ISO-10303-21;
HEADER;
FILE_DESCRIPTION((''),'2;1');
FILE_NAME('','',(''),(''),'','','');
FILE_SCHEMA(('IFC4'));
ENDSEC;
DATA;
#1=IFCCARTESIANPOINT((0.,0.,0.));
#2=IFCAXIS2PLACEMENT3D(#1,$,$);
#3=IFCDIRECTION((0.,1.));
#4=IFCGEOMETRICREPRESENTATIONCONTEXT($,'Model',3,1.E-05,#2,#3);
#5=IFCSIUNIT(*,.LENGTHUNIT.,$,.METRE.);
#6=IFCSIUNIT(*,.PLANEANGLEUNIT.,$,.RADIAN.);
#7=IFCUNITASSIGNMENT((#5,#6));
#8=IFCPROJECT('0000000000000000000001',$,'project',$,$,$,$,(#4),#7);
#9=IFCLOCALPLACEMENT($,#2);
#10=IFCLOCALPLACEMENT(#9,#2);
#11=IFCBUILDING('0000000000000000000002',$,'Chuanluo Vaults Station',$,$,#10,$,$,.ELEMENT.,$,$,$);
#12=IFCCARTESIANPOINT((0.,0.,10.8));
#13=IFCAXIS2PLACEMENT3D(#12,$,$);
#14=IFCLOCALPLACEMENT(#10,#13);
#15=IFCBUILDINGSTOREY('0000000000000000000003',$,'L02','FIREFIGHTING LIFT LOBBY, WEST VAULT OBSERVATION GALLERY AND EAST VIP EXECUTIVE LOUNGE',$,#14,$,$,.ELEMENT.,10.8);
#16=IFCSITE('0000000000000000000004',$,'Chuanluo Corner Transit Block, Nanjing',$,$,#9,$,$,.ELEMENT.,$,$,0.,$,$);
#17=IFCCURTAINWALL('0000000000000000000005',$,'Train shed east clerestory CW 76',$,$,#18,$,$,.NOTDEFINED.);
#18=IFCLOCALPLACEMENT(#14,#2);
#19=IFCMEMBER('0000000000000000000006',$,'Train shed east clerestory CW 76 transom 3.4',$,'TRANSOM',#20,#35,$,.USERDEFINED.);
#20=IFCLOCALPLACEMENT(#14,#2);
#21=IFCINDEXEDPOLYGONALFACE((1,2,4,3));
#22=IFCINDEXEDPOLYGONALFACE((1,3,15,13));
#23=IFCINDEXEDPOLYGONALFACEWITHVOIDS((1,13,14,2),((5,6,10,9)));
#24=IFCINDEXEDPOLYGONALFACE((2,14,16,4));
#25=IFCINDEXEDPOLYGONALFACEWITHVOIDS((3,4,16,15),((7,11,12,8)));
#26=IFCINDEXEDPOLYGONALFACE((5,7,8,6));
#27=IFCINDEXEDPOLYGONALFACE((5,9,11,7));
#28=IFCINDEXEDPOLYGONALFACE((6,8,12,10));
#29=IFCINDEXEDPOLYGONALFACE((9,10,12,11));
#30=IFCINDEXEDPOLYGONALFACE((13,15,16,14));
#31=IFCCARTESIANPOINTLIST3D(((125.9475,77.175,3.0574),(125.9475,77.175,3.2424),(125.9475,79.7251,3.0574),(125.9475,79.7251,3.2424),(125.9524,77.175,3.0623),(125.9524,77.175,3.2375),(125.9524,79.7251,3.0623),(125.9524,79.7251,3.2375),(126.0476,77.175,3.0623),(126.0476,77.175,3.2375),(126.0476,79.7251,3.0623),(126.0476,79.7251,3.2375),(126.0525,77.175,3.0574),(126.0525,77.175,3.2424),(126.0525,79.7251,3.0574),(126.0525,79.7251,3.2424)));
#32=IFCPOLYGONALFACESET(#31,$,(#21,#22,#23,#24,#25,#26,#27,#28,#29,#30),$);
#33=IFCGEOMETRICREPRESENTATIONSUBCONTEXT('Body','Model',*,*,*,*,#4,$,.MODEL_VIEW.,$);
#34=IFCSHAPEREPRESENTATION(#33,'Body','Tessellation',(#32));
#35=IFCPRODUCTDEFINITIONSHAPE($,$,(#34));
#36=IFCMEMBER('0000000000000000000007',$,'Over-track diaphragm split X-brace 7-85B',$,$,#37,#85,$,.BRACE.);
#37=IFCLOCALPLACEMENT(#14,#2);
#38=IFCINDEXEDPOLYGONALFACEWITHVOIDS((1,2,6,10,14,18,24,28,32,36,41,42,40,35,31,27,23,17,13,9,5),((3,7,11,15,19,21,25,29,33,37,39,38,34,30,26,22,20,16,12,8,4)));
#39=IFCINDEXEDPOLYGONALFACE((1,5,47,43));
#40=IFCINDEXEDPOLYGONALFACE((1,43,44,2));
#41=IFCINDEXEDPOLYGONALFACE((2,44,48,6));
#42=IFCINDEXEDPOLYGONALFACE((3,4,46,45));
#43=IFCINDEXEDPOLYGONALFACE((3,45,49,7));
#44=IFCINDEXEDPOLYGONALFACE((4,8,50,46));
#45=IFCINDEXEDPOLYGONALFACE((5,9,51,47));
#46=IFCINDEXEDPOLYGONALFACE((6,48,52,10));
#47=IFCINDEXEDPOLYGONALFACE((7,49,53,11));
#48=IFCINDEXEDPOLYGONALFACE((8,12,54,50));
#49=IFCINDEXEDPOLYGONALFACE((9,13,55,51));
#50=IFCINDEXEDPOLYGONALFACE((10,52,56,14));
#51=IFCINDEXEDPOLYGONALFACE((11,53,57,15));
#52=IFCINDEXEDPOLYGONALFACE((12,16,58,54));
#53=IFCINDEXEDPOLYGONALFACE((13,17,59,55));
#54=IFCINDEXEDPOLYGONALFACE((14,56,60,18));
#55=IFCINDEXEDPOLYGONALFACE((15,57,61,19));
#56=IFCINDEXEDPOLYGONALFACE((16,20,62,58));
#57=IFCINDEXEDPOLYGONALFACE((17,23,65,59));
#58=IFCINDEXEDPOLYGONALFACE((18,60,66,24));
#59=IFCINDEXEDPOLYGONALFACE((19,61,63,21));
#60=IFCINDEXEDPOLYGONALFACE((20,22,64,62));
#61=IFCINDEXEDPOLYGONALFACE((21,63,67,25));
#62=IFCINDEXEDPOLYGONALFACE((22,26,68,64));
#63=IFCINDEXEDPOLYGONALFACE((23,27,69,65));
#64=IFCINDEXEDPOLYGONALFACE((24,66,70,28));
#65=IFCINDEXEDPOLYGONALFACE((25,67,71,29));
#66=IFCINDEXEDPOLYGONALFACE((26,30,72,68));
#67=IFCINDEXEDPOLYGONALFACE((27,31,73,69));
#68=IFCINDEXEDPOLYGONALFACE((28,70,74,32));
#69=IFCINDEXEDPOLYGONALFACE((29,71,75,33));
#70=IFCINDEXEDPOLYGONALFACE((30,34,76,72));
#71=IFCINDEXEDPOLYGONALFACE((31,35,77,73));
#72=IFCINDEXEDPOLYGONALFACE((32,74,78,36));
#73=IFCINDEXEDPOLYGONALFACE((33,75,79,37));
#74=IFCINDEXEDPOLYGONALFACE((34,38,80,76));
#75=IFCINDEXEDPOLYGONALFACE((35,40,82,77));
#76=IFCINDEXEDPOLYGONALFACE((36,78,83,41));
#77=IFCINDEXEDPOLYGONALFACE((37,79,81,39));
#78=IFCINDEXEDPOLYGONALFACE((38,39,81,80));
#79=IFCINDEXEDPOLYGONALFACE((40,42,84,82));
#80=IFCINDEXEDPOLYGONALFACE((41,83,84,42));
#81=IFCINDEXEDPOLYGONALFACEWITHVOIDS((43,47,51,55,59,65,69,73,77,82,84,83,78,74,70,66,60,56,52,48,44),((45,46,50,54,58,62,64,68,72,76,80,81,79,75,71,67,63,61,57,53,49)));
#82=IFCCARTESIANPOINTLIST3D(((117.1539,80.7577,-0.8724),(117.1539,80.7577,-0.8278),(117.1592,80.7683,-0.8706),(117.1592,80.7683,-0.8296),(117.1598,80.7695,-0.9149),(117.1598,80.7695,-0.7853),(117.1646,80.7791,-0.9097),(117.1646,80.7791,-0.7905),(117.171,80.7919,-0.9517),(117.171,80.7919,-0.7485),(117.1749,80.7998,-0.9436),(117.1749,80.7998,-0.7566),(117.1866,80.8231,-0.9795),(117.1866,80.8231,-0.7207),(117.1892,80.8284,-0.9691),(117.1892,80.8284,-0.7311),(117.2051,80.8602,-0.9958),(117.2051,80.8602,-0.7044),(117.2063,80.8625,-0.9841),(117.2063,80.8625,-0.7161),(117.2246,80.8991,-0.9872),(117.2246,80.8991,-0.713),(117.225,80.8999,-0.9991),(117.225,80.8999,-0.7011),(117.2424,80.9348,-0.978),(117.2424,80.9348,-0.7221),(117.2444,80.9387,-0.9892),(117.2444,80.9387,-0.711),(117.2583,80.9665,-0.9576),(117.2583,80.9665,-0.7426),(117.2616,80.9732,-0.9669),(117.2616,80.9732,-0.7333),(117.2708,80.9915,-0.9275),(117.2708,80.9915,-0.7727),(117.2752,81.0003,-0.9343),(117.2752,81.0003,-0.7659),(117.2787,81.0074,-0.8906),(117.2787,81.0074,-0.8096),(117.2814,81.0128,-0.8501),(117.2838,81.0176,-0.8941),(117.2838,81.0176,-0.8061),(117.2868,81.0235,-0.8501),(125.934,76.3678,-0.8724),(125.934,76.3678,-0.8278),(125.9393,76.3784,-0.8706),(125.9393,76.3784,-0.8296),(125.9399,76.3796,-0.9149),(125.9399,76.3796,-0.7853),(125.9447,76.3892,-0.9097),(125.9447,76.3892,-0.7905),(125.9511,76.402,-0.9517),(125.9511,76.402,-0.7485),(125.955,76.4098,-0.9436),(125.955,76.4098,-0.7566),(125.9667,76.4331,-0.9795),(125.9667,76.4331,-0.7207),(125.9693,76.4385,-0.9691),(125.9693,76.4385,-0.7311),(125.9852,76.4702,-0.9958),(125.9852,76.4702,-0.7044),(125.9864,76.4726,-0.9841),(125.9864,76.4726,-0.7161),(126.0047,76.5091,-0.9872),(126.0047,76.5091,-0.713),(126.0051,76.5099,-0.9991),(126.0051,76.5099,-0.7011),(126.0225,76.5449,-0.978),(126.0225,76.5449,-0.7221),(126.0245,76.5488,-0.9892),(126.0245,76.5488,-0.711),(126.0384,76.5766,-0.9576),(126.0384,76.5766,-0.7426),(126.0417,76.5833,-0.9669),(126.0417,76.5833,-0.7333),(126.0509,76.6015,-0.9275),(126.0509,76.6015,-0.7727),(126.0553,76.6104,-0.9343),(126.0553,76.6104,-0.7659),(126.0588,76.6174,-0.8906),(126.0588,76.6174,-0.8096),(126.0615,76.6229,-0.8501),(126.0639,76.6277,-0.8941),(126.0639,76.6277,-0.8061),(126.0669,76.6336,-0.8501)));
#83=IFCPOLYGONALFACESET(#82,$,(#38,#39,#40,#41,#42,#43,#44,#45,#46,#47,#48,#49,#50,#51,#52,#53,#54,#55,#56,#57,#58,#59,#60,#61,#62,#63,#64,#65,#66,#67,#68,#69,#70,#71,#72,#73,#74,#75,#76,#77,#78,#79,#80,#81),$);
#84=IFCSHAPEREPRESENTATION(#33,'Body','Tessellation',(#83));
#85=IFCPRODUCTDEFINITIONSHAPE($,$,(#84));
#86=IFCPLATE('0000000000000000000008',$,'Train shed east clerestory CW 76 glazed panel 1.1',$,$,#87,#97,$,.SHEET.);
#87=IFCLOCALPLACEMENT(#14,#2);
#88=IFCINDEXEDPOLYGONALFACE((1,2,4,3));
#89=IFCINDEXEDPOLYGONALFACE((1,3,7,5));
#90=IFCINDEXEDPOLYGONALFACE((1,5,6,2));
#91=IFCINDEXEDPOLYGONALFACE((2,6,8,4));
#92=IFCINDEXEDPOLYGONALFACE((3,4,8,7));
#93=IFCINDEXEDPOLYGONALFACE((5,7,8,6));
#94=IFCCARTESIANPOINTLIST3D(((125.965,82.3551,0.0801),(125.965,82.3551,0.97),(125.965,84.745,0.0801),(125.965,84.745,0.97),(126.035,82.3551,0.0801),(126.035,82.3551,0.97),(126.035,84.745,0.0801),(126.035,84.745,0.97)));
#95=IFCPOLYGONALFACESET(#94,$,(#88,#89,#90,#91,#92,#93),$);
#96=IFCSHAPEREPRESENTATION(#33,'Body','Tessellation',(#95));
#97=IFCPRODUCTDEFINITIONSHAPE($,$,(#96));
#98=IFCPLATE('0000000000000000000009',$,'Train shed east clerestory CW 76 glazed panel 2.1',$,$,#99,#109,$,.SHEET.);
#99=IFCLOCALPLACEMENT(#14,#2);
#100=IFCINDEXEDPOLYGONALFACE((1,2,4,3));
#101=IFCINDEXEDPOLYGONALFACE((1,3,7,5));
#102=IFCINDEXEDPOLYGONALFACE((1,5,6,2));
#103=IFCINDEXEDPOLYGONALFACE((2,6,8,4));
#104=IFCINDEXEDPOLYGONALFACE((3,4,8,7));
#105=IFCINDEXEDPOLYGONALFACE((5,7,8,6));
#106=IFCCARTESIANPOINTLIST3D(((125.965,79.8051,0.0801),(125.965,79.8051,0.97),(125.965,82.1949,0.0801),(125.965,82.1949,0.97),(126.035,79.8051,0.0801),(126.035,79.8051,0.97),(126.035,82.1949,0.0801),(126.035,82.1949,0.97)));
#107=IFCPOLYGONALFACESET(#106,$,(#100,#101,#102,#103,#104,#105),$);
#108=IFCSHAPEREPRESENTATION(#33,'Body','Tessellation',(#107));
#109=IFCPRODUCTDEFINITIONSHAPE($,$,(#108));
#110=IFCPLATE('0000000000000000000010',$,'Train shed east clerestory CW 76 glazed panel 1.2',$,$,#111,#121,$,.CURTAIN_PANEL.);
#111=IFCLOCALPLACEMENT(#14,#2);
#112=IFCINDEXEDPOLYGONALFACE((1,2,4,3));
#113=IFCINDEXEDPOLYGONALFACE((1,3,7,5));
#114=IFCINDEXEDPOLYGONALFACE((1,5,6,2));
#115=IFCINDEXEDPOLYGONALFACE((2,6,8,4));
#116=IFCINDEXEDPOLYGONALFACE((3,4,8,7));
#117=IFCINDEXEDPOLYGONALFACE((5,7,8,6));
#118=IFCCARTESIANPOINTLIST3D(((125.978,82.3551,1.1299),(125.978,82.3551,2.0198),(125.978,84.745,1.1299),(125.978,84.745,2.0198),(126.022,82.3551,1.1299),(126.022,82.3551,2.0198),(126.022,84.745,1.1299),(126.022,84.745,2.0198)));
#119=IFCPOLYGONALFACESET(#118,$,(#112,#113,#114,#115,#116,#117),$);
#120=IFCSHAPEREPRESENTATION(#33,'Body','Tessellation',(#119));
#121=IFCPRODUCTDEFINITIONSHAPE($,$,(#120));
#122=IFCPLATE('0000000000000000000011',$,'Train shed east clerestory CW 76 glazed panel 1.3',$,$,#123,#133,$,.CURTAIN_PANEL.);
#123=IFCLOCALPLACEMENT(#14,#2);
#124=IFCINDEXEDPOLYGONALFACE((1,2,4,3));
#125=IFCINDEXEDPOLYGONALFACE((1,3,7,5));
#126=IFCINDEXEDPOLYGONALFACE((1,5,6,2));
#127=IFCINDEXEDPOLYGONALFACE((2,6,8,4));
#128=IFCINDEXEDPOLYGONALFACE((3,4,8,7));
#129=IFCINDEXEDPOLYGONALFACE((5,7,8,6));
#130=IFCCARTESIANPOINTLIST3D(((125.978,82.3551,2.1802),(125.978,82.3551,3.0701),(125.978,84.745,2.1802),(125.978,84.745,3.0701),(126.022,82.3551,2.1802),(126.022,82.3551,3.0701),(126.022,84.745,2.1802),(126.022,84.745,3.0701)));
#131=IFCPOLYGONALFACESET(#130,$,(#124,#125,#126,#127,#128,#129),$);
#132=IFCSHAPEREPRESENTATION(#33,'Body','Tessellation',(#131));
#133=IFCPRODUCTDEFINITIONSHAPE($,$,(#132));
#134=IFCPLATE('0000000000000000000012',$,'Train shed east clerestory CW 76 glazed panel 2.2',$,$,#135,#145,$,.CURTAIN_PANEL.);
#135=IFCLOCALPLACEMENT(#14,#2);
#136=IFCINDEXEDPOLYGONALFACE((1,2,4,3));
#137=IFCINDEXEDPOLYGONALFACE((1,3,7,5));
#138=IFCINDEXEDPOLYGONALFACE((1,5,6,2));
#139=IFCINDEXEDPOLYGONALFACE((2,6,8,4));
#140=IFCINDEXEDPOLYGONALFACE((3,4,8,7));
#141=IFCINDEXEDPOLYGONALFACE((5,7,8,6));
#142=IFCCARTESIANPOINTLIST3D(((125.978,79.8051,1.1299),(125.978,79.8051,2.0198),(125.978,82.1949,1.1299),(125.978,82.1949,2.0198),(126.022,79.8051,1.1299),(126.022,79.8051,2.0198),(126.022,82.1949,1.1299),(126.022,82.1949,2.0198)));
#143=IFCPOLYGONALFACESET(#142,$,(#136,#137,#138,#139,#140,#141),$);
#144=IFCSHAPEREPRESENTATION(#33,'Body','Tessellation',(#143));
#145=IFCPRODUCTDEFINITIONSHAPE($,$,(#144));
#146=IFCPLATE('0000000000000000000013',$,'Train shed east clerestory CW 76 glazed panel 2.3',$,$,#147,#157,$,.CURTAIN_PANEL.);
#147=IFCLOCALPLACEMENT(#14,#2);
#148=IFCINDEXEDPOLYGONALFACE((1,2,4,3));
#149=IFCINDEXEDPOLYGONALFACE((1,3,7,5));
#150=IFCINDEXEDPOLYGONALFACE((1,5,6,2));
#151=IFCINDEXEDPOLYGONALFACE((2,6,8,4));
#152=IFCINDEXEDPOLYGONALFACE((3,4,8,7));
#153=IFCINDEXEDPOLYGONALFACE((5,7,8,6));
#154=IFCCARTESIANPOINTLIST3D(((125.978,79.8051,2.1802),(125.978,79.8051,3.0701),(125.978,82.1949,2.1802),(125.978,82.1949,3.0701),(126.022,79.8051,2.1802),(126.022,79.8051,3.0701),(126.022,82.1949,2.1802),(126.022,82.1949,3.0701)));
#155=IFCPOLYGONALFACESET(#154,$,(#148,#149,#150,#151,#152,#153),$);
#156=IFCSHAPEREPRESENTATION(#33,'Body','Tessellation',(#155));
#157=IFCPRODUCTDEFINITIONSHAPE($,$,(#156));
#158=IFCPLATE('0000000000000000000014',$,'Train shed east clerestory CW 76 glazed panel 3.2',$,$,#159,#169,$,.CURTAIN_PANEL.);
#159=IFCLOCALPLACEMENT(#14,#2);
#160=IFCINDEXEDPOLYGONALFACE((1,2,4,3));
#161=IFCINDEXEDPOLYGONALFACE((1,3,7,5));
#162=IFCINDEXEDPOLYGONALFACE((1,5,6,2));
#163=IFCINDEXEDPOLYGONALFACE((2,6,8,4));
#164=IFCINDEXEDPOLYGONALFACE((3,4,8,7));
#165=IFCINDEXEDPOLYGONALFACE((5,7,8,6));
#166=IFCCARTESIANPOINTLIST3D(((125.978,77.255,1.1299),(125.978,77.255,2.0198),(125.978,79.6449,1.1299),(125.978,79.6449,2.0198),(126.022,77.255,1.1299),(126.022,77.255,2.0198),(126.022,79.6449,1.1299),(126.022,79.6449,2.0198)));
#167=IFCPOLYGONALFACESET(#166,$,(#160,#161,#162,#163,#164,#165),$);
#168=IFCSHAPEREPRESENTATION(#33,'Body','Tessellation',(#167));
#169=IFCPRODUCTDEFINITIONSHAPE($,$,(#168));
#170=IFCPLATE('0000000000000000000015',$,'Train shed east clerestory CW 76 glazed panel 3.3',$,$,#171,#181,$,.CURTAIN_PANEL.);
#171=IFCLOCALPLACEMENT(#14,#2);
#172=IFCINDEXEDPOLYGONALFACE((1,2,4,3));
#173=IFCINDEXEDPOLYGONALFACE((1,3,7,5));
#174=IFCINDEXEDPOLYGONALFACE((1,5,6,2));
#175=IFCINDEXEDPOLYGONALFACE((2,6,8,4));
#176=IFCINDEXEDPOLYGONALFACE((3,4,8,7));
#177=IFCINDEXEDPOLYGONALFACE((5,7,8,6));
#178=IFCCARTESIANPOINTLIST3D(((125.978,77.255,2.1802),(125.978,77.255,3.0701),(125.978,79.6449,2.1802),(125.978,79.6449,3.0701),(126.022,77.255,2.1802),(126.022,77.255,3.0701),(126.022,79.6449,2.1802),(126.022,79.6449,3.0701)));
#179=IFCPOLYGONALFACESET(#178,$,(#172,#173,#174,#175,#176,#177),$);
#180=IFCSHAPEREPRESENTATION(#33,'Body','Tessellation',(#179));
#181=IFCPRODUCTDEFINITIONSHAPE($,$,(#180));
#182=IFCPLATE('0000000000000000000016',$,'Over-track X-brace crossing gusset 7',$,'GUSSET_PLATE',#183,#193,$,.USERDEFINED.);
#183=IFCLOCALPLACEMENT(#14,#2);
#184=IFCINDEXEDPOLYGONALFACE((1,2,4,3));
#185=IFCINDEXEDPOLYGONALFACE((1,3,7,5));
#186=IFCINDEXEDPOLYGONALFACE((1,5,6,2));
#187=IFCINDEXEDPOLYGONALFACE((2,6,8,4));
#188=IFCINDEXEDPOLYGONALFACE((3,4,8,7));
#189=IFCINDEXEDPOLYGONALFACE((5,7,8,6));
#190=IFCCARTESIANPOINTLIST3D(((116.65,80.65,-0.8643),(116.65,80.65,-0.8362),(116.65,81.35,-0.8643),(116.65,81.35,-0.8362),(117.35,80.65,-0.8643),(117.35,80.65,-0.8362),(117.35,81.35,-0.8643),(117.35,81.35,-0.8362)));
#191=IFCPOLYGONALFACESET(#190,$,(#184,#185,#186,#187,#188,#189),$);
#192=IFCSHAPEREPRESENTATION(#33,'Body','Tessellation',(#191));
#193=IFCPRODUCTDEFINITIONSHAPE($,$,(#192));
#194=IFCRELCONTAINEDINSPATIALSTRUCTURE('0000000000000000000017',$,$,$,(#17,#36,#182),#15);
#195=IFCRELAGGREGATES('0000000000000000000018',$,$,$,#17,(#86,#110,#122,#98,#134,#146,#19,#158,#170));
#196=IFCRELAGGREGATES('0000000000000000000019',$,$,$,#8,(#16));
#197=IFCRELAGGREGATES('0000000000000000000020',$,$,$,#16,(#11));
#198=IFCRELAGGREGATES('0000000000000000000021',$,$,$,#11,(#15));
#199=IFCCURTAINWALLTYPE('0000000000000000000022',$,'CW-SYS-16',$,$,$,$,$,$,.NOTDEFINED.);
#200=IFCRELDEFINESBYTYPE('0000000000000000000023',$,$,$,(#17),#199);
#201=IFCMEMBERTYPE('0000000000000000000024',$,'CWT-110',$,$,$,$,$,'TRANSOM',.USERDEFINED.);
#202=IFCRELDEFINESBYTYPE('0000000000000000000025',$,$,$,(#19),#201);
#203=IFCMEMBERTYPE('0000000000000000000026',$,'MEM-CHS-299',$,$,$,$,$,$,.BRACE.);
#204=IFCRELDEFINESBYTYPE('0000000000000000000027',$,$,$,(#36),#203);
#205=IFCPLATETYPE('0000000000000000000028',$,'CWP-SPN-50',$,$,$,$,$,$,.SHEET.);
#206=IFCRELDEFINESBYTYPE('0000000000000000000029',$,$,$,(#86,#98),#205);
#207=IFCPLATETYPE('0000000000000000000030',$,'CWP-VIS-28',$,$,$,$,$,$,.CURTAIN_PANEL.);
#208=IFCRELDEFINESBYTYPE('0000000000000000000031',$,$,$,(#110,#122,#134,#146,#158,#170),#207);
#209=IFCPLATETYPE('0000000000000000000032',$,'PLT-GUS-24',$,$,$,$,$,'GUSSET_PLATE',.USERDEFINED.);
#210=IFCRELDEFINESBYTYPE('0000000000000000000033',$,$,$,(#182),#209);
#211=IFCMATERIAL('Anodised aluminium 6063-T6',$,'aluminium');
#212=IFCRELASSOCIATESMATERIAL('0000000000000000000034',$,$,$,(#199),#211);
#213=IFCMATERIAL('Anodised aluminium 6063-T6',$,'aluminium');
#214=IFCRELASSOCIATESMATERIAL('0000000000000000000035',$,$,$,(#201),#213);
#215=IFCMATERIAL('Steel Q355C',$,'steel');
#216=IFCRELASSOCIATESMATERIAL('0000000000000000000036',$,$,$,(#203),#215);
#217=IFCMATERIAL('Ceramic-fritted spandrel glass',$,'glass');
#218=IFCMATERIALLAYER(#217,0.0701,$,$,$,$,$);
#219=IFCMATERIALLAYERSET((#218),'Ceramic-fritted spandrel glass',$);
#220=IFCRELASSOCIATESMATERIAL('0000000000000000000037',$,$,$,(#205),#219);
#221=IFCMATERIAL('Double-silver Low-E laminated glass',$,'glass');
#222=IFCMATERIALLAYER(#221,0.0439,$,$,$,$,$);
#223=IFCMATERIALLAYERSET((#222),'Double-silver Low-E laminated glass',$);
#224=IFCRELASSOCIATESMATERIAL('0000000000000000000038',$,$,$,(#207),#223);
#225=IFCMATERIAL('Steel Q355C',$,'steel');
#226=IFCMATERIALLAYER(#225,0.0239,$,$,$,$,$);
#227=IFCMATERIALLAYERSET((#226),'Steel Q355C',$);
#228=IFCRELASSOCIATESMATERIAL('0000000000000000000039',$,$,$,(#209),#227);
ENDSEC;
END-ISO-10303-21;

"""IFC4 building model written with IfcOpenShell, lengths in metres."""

from ifc_helpers import new_model, si_unit, direction, frame, origin, origin_2d, place, context, subcontext, project, spatial, rectangle, hollow_rectangle, hollow_circle, extrude, material, layer, layer_set, material_profile, profile_set, type_object, element, aggregate, save


model = new_model("IFC4")

# Units and contexts
model_context = context("Model", 3, precision=1e-05, world=origin(), true_north=direction((0.0, 1.0)))
body_context = subcontext(model_context, "Body", "Model", "MODEL_VIEW")
ifc_project = project(units=[si_unit("LENGTHUNIT", "METRE"), si_unit("PLANEANGLEUNIT", "RADIAN")], contexts=[model_context])

# Site, building, storey
site_placement = place(None, origin())
site = spatial("IfcSite", under=ifc_project, at=site_placement, Name="Chuanluo Corner Transit Block, Nanjing", CompositionType="ELEMENT", RefElevation=0.0)
building_placement = place(site_placement, origin())
building = spatial("IfcBuilding", under=site, at=building_placement, Name="Chuanluo Vaults Station", CompositionType="ELEMENT")
storey_placement = place(building_placement, frame((0.0, 0.0, 10.8)))
storey = spatial("IfcBuildingStorey", under=building, at=storey_placement, Name="L02", Description="FIREFIGHTING LIFT LOBBY, WEST VAULT OBSERVATION GALLERY AND EAST VIP EXECUTIVE LOUNGE", CompositionType="ELEMENT", Elevation=10.8)

# Curtain wall, member
ifc_material_1 = material(Name="Anodised aluminium 6063-T6", Category="aluminium")
curtain_wall_type = type_object("IfcCurtainWallType", Name="CW-SYS-16", PredefinedType="NOTDEFINED", material=ifc_material_1)
curtain_wall_placement = place(storey_placement, origin())
curtain_wall = element("IfcCurtainWall", 1, at=curtain_wall_placement, inside=storey, type_object=curtain_wall_type, Name="Train shed east clerestory CW 76", PredefinedType="NOTDEFINED")
ifc_material_2 = material(Name="Anodised aluminium 6063-T6", Category="aluminium")
ifc_material_profile_1 = material_profile(ifc_material_2, hollow_rectangle(XDim=0.105, YDim=0.1851, WallThickness=0.0049, at=origin_2d()))
ifc_profile_set_1 = profile_set([ifc_material_profile_1], Name="Anodised aluminium 6063-T6")
member_type_1 = type_object("IfcMemberType", Name="CWT-110", ElementType="TRANSOM", PredefinedType="USERDEFINED", material=ifc_profile_set_1)
member_1_placement = place(storey_placement, frame((126.0, 79.7251, 3.1499), z_axis=(0.0, -1.0, 0.0), x_axis=(1.0, 0.0, 0.0)))
member_1 = element("IfcMember", 2, at=member_1_placement, type_object=member_type_1, Name="Train shed east clerestory CW 76 transom 3.4", ObjectType="TRANSOM", PredefinedType="USERDEFINED", context=body_context, shape_type="SweptSolid", body=[
    extrude(hollow_rectangle(XDim=0.105, YDim=0.1851, WallThickness=0.0049, at=origin_2d()), origin(), (0.0, 0.0, 1.0), 2.55),
])

# Member
ifc_material_3 = material(Name="Steel Q355C", Category="steel")
ifc_material_profile_2 = material_profile(ifc_material_3, hollow_circle(Radius=0.1494, WallThickness=0.012, at=origin_2d()))
ifc_profile_set_2 = profile_set([ifc_material_profile_2], Name="Steel Q355C")
member_type_2 = type_object("IfcMemberType", Name="MEM-CHS-299", PredefinedType="BRACE", material=ifc_profile_set_2)
member_2_placement = place(storey_placement, frame((117.22, 80.8899, -0.8501), z_axis=(0.894432, -0.447204, 0.0), x_axis=(0.447204, 0.894432, 0.0)))
element("IfcMember", 3, at=member_2_placement, inside=storey, type_object=member_type_2, Name="Over-track diaphragm split X-brace 7-85B", PredefinedType="BRACE", context=body_context, shape_type="SweptSolid", body=[
    extrude(hollow_circle(Radius=0.1494, WallThickness=0.012, at=origin_2d()), origin(), (0.0, 0.0, 1.0), 9.8164),
])

# Plates
ifc_material_4 = material(Name="Ceramic-fritted spandrel glass", Category="glass")
ifc_layer_1 = layer(ifc_material_4, 0.0701)
ifc_layer_set_1 = layer_set([ifc_layer_1], Name="Ceramic-fritted spandrel glass")
plate_type_1 = type_object("IfcPlateType", Name="CWP-SPN-50", PredefinedType="SHEET", material=ifc_layer_set_1)
plate_1_placement = place(storey_placement, frame((126.0, 83.55, 0.0801), z_axis=(0.0, 0.0, 1.0), x_axis=(0.0, -1.0, 0.0)))
plate_1 = element("IfcPlate", 4, at=plate_1_placement, type_object=plate_type_1, Name="Train shed east clerestory CW 76 glazed panel 1.1", PredefinedType="SHEET", context=body_context, shape_type="SweptSolid", body=[
    extrude(rectangle(XDim=2.3899, YDim=0.0701, at=origin_2d()), origin(), (0.0, 0.0, 1.0), 0.8899),
])
plate_2_placement = place(storey_placement, frame((126.0, 81.0, 0.0801), z_axis=(0.0, 0.0, 1.0), x_axis=(0.0, -1.0, 0.0)))
plate_2 = element("IfcPlate", 5, at=plate_2_placement, type_object=plate_type_1, Name="Train shed east clerestory CW 76 glazed panel 2.1", PredefinedType="SHEET", context=body_context, shape_type="SweptSolid", body=[
    extrude(rectangle(XDim=2.3899, YDim=0.0701, at=origin_2d()), origin(), (0.0, 0.0, 1.0), 0.8899),
])
ifc_material_5 = material(Name="Double-silver Low-E laminated glass", Category="glass")
ifc_layer_2 = layer(ifc_material_5, 0.0439)
ifc_layer_set_2 = layer_set([ifc_layer_2], Name="Double-silver Low-E laminated glass")
plate_type_2 = type_object("IfcPlateType", Name="CWP-VIS-28", PredefinedType="CURTAIN_PANEL", material=ifc_layer_set_2)
plate_3_placement = place(storey_placement, frame((126.0, 83.55, 1.1299), z_axis=(0.0, 0.0, 1.0), x_axis=(0.0, -1.0, 0.0)))
plate_3 = element("IfcPlate", 6, at=plate_3_placement, type_object=plate_type_2, Name="Train shed east clerestory CW 76 glazed panel 1.2", PredefinedType="CURTAIN_PANEL", context=body_context, shape_type="SweptSolid", body=[
    extrude(rectangle(XDim=2.3899, YDim=0.0439, at=origin_2d()), origin(), (0.0, 0.0, 1.0), 0.8899),
])
plate_4_placement = place(storey_placement, frame((126.0, 83.55, 2.1802), z_axis=(0.0, 0.0, 1.0), x_axis=(0.0, -1.0, 0.0)))
plate_4 = element("IfcPlate", 7, at=plate_4_placement, type_object=plate_type_2, Name="Train shed east clerestory CW 76 glazed panel 1.3", PredefinedType="CURTAIN_PANEL", context=body_context, shape_type="SweptSolid", body=[
    extrude(rectangle(XDim=2.3899, YDim=0.0439, at=origin_2d()), origin(), (0.0, 0.0, 1.0), 0.8899),
])
plate_5_placement = place(storey_placement, frame((126.0, 81.0, 1.1299), z_axis=(0.0, 0.0, 1.0), x_axis=(0.0, -1.0, 0.0)))
plate_5 = element("IfcPlate", 8, at=plate_5_placement, type_object=plate_type_2, Name="Train shed east clerestory CW 76 glazed panel 2.2", PredefinedType="CURTAIN_PANEL", context=body_context, shape_type="SweptSolid", body=[
    extrude(rectangle(XDim=2.3899, YDim=0.0439, at=origin_2d()), origin(), (0.0, 0.0, 1.0), 0.8899),
])
plate_6_placement = place(storey_placement, frame((126.0, 81.0, 2.1802), z_axis=(0.0, 0.0, 1.0), x_axis=(0.0, -1.0, 0.0)))
plate_6 = element("IfcPlate", 9, at=plate_6_placement, type_object=plate_type_2, Name="Train shed east clerestory CW 76 glazed panel 2.3", PredefinedType="CURTAIN_PANEL", context=body_context, shape_type="SweptSolid", body=[
    extrude(rectangle(XDim=2.3899, YDim=0.0439, at=origin_2d()), origin(), (0.0, 0.0, 1.0), 0.8899),
])
plate_7_placement = place(storey_placement, frame((126.0, 78.45, 1.1299), z_axis=(0.0, 0.0, 1.0), x_axis=(0.0, -1.0, 0.0)))
plate_7 = element("IfcPlate", 10, at=plate_7_placement, type_object=plate_type_2, Name="Train shed east clerestory CW 76 glazed panel 3.2", PredefinedType="CURTAIN_PANEL", context=body_context, shape_type="SweptSolid", body=[
    extrude(rectangle(XDim=2.3899, YDim=0.0439, at=origin_2d()), origin(), (0.0, 0.0, 1.0), 0.8899),
])
plate_8_placement = place(storey_placement, frame((126.0, 78.45, 2.1802), z_axis=(0.0, 0.0, 1.0), x_axis=(0.0, -1.0, 0.0)))
plate_8 = element("IfcPlate", 11, at=plate_8_placement, type_object=plate_type_2, Name="Train shed east clerestory CW 76 glazed panel 3.3", PredefinedType="CURTAIN_PANEL", context=body_context, shape_type="SweptSolid", body=[
    extrude(rectangle(XDim=2.3899, YDim=0.0439, at=origin_2d()), origin(), (0.0, 0.0, 1.0), 0.8899),
])
aggregate(curtain_wall, [plate_1, plate_3, plate_4, plate_2, plate_5, plate_6, member_1, plate_7, plate_8])
ifc_material_6 = material(Name="Steel Q355C", Category="steel")
ifc_layer_3 = layer(ifc_material_6, 0.0239)
ifc_layer_set_3 = layer_set([ifc_layer_3], Name="Steel Q355C")
plate_type_3 = type_object("IfcPlateType", Name="PLT-GUS-24", ElementType="GUSSET_PLATE", PredefinedType="USERDEFINED", material=ifc_layer_set_3)
plate_9_placement = place(storey_placement, frame((117.0, 81.0, -0.8643), z_axis=(0.0, 0.0, 1.0), x_axis=(1.0, 0.0, 0.0)))
element("IfcPlate", 12, at=plate_9_placement, inside=storey, type_object=plate_type_3, Name="Over-track X-brace crossing gusset 7", ObjectType="GUSSET_PLATE", PredefinedType="USERDEFINED", context=body_context, shape_type="SweptSolid", body=[
    extrude(rectangle(XDim=0.7, YDim=0.7, at=origin_2d()), origin(), (0.0, 0.0, 1.0), 0.0281),
])

save(model, "model.ifc")
